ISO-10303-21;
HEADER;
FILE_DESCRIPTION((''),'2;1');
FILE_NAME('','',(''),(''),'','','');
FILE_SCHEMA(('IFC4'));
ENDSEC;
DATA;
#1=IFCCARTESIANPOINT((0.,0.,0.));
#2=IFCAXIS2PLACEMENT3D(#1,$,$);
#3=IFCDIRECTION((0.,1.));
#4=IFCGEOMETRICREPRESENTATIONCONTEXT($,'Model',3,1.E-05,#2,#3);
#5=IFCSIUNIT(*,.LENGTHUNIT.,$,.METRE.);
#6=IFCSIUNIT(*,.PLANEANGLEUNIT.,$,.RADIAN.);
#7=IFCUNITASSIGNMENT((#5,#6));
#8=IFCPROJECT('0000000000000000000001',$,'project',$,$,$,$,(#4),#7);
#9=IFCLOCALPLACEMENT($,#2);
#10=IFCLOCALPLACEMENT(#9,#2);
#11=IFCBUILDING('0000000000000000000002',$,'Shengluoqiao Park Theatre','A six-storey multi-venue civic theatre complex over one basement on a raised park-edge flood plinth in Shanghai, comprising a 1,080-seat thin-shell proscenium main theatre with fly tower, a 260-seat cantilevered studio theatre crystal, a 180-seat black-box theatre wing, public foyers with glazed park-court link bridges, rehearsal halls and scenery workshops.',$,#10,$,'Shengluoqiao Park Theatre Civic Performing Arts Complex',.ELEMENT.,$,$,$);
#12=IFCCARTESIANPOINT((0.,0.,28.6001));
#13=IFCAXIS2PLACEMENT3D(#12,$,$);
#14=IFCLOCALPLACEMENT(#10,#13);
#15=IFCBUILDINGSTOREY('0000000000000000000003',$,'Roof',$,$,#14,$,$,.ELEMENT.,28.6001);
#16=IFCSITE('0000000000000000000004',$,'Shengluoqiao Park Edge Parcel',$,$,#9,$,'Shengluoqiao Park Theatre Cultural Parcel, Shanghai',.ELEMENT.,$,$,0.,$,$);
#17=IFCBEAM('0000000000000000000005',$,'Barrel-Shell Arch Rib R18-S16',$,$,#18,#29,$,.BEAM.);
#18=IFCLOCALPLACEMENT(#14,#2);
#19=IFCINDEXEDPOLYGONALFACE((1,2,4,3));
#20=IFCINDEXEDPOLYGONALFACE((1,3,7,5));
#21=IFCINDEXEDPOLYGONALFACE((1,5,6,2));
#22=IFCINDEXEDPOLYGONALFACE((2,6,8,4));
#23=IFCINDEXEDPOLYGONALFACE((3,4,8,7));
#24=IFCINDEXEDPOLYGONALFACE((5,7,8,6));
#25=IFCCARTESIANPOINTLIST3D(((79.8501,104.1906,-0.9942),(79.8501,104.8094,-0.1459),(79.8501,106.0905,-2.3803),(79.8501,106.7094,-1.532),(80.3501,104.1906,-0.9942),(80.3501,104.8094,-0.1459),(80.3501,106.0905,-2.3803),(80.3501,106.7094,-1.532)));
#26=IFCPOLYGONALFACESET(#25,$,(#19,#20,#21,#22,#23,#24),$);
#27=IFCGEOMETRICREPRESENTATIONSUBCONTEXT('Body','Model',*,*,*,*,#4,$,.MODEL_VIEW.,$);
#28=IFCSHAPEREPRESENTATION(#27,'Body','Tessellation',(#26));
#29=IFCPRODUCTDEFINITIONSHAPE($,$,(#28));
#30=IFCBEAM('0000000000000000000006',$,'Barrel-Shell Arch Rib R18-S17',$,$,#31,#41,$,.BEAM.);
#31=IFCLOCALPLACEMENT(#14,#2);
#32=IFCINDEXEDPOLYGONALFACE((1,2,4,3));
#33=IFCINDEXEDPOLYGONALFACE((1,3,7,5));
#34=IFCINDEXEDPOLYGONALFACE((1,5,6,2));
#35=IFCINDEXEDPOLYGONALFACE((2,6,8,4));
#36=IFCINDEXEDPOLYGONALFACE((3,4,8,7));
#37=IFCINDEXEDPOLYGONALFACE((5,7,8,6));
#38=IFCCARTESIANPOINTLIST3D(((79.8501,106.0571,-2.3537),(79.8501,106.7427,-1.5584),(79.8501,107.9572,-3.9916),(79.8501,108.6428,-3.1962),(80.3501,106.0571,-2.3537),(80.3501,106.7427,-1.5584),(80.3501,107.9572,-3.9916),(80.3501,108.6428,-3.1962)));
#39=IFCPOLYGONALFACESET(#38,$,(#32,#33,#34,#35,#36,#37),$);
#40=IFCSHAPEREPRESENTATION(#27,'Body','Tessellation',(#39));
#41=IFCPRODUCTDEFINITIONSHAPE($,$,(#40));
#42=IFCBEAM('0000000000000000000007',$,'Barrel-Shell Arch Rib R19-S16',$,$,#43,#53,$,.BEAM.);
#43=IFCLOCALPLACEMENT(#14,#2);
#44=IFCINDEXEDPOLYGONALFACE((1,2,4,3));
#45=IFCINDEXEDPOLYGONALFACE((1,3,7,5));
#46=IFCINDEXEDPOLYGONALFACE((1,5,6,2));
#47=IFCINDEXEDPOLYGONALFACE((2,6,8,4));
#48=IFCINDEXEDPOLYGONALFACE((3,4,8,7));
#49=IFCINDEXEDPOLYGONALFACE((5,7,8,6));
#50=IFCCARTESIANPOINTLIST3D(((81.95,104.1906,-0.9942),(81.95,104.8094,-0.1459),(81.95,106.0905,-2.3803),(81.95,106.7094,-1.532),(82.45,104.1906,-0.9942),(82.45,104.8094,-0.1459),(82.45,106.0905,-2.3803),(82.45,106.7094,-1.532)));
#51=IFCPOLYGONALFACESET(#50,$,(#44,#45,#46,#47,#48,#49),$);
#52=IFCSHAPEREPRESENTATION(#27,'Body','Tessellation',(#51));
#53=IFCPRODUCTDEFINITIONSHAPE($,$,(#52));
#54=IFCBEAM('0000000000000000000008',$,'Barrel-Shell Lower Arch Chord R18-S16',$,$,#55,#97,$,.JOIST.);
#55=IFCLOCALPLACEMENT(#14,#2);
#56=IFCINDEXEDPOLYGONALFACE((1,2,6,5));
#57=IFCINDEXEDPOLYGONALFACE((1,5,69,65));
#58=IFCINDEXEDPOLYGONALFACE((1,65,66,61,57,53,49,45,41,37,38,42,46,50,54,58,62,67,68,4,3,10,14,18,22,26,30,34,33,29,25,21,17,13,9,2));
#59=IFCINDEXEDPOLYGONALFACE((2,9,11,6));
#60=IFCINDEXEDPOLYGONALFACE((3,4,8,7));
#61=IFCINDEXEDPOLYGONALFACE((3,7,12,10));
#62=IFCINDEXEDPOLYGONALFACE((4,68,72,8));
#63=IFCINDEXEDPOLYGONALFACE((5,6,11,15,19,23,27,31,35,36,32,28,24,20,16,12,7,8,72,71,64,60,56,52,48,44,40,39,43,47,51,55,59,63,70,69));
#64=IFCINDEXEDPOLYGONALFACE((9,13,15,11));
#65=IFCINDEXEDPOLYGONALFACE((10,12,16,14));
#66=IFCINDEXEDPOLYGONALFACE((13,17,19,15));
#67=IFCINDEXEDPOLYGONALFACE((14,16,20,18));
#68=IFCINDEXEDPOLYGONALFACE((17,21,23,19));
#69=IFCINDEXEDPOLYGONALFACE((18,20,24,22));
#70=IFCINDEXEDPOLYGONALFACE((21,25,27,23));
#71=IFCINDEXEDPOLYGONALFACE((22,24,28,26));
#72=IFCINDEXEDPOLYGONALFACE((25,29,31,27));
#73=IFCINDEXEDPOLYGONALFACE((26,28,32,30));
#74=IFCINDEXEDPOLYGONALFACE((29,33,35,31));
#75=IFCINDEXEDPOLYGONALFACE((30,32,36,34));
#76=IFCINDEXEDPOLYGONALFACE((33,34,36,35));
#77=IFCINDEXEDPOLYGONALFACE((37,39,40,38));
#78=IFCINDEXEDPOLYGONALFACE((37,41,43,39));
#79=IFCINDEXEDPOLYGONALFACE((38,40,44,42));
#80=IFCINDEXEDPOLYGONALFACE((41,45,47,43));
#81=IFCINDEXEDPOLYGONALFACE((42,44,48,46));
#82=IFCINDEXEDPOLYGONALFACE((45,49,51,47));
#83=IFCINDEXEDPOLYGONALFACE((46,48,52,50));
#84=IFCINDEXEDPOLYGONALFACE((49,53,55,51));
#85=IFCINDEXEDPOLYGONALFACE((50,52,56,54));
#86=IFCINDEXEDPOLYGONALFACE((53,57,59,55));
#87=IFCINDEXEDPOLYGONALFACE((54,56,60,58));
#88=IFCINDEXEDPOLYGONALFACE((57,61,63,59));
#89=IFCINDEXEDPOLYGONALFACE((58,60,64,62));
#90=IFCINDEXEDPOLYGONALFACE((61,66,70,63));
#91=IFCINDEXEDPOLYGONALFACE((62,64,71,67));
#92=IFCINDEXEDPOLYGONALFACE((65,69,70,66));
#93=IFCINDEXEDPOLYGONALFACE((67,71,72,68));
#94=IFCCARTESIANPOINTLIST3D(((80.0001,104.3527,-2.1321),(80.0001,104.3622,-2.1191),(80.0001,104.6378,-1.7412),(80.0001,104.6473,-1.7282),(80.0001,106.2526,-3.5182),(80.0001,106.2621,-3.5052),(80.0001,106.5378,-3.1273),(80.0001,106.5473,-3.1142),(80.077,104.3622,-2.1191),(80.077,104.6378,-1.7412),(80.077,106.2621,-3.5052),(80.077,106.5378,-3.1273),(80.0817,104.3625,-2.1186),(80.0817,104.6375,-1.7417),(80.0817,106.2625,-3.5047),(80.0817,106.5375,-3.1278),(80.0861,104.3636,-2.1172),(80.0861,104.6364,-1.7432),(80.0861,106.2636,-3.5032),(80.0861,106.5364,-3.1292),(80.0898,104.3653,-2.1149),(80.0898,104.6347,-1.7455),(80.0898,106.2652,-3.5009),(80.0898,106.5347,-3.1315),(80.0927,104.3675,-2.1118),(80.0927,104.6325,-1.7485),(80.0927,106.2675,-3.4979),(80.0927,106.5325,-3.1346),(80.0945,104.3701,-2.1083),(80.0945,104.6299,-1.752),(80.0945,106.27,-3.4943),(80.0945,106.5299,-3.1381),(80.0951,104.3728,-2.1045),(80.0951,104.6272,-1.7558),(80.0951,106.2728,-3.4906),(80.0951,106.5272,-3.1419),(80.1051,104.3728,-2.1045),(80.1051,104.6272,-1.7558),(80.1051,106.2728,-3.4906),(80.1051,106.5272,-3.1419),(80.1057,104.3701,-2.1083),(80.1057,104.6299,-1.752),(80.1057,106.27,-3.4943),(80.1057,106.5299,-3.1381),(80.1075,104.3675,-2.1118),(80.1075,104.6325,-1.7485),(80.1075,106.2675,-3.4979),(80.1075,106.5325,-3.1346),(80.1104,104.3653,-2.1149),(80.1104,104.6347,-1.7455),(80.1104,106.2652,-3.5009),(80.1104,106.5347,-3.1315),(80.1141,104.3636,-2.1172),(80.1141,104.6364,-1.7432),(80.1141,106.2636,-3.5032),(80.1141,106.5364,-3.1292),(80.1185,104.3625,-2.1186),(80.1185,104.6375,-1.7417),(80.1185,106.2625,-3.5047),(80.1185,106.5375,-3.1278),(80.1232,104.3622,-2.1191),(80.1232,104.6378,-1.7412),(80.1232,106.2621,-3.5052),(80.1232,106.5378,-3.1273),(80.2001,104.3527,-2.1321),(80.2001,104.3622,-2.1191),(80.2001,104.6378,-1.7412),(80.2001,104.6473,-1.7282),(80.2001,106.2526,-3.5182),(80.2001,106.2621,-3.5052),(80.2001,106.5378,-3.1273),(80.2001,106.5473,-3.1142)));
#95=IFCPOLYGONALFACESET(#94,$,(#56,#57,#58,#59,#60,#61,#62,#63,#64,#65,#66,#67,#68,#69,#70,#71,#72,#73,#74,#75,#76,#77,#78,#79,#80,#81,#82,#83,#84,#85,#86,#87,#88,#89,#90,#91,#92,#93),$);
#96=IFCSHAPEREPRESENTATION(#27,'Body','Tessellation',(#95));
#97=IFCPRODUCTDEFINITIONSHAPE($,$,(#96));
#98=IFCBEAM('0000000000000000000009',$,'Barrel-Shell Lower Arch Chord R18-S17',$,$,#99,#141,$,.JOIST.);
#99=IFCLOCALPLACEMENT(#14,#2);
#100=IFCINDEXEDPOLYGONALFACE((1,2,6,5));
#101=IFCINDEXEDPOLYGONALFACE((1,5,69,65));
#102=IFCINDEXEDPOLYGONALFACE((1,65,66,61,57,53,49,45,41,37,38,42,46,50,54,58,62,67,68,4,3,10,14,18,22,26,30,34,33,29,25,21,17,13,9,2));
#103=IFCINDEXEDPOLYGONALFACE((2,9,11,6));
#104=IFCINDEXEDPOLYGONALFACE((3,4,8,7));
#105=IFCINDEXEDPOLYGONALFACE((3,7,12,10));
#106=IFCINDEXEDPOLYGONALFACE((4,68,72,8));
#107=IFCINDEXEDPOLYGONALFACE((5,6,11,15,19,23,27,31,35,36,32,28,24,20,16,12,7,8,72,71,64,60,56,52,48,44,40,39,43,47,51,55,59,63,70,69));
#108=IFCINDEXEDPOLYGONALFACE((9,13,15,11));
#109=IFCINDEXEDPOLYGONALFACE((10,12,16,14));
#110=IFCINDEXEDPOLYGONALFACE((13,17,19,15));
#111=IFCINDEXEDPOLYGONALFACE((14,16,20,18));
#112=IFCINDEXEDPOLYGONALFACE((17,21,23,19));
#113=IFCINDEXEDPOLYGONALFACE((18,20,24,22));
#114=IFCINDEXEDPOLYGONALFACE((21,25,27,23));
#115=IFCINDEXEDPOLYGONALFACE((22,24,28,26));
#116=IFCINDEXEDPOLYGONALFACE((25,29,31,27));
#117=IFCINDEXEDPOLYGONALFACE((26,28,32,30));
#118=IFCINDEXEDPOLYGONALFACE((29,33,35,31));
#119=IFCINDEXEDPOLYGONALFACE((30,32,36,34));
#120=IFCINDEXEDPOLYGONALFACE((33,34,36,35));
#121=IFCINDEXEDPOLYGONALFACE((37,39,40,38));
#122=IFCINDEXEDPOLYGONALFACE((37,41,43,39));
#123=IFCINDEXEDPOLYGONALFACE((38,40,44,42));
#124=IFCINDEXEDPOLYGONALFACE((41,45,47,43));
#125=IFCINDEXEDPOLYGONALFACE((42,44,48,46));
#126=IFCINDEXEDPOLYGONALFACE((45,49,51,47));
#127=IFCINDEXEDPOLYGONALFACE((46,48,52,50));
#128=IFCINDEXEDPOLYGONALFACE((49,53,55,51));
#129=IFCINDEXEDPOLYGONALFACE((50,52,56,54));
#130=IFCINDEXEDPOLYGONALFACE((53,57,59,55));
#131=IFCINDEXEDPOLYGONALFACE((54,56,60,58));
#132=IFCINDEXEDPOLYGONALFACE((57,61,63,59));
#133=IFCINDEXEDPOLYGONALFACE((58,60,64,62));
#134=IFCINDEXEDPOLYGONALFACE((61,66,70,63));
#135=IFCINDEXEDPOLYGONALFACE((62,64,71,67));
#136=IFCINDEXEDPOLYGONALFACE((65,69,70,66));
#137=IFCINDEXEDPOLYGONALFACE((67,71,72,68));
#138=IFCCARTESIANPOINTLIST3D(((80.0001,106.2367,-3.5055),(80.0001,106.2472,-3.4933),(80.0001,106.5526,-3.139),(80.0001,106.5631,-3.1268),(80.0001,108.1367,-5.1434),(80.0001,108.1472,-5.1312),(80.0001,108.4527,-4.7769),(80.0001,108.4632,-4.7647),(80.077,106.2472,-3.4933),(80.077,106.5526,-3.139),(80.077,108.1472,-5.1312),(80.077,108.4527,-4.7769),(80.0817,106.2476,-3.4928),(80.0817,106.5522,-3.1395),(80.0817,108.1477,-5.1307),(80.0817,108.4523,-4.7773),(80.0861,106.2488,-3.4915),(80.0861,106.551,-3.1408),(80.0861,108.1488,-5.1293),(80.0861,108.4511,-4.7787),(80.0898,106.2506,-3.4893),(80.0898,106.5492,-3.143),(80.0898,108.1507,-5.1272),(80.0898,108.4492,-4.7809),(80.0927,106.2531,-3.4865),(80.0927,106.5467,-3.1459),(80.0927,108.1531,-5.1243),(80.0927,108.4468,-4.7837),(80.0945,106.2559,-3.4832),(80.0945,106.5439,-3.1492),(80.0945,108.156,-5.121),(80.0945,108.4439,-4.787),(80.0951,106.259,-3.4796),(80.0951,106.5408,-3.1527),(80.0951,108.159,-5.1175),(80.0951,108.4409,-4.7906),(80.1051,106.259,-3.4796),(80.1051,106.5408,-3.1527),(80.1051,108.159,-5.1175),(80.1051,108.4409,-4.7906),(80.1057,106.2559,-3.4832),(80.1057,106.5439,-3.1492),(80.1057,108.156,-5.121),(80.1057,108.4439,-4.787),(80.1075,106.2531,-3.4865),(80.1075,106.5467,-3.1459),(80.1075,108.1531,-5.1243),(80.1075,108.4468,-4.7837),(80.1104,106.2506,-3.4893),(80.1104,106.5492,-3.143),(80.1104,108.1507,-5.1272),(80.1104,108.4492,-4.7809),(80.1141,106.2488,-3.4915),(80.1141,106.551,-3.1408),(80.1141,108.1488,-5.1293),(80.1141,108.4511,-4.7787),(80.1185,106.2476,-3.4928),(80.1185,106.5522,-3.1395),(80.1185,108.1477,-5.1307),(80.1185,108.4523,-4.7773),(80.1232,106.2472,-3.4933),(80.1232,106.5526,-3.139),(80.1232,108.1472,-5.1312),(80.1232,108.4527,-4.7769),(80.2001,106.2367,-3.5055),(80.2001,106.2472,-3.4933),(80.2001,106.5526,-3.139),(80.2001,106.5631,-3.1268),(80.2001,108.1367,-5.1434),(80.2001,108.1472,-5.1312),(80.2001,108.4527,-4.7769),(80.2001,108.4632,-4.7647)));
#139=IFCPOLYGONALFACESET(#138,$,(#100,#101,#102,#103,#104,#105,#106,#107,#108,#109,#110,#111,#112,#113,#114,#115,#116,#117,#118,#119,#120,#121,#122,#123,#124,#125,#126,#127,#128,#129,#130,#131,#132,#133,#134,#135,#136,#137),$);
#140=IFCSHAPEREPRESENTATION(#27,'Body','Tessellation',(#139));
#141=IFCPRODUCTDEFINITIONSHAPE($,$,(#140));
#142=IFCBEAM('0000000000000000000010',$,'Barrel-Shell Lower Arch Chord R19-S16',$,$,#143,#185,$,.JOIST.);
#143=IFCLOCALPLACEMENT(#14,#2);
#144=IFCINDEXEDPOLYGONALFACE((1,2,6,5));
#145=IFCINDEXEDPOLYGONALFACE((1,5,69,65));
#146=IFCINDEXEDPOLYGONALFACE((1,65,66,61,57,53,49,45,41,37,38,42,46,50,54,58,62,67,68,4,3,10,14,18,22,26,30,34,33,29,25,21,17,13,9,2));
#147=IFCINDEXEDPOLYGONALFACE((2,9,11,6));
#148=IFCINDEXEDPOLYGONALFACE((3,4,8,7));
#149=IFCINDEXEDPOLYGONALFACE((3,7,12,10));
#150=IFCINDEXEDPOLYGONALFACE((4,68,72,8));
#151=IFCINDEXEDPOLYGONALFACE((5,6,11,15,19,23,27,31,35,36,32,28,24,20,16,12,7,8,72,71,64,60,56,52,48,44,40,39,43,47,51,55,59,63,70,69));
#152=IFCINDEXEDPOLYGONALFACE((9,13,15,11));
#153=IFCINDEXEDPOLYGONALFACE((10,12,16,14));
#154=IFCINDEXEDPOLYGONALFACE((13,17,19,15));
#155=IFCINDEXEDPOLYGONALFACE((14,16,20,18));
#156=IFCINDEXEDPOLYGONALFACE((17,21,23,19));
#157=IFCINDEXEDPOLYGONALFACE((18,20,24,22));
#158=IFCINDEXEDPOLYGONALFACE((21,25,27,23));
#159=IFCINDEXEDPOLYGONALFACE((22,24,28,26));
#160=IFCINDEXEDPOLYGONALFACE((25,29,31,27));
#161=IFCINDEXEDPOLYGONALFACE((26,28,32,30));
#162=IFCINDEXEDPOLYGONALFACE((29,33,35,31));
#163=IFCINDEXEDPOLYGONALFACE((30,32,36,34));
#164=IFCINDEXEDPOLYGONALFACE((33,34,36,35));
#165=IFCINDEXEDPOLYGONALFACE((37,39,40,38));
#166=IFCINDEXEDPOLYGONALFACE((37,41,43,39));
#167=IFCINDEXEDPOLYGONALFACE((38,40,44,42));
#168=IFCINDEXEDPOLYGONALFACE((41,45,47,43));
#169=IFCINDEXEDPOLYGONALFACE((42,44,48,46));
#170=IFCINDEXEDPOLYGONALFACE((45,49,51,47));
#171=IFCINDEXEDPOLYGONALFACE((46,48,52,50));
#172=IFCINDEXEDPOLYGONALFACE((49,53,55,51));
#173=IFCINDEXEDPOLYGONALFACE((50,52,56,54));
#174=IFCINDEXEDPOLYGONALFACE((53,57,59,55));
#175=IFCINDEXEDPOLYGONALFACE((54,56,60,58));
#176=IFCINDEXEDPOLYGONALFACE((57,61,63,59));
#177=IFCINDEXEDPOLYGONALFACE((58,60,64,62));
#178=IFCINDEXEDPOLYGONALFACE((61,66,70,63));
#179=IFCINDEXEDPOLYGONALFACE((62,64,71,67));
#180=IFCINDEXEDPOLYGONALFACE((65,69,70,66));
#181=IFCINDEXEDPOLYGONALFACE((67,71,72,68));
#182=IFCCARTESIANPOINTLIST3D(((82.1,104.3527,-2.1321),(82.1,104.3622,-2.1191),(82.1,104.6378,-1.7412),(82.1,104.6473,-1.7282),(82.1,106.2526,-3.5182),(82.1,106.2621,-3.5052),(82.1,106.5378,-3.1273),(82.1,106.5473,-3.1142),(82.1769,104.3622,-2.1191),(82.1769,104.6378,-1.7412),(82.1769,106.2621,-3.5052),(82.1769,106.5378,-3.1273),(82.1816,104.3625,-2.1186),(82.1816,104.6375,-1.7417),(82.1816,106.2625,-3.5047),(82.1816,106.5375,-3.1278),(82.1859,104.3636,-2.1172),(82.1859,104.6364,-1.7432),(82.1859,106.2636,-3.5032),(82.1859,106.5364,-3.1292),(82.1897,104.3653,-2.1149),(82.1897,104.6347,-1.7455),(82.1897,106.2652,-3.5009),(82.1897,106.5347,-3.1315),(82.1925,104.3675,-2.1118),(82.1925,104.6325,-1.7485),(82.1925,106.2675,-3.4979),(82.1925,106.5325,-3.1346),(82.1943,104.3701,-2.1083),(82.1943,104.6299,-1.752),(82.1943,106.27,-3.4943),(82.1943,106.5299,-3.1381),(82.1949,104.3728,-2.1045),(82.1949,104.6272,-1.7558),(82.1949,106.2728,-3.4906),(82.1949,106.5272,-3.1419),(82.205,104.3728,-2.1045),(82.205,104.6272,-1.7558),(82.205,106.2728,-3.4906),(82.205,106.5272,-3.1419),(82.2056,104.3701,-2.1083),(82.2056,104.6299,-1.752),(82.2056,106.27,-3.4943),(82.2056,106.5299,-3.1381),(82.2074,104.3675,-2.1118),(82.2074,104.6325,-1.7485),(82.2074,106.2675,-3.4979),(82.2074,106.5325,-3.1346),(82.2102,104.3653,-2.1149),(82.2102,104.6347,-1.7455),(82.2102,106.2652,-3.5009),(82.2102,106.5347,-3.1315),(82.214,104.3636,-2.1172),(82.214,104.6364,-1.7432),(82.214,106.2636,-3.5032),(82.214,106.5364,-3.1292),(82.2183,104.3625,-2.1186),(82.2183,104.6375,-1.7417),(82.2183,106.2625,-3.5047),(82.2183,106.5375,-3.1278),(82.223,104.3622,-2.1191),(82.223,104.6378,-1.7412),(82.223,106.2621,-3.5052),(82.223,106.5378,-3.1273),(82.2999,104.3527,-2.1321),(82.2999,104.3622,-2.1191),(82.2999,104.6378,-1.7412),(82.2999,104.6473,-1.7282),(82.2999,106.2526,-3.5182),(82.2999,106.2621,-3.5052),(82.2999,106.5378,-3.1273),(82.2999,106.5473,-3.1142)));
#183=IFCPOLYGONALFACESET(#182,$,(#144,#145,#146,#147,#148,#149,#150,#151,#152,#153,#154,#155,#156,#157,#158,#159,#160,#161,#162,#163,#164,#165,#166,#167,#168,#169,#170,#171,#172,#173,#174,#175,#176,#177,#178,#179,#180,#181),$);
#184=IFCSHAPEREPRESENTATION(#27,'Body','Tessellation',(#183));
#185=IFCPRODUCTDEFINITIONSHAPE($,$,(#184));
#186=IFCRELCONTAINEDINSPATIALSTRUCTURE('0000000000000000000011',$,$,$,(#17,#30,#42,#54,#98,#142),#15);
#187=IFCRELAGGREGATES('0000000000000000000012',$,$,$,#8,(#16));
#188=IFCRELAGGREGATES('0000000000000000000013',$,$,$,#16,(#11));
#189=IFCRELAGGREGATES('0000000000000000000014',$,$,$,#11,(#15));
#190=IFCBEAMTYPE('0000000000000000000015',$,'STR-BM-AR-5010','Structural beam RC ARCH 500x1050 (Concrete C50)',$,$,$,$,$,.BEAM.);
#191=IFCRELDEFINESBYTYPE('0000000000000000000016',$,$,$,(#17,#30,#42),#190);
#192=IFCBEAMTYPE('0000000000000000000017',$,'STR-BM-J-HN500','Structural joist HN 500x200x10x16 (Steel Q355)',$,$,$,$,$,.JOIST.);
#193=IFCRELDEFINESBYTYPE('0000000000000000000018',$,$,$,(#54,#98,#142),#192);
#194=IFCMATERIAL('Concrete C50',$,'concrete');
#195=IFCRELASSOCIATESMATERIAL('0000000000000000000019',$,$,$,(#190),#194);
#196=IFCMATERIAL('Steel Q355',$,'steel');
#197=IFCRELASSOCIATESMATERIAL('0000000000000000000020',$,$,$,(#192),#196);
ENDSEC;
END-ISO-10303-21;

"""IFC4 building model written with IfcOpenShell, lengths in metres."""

from ifc_helpers import new_model, si_unit, direction, frame, origin, origin_2d, place, context, subcontext, project, spatial, rectangle, i_section, extrude, material, material_profile, profile_set, type_object, element, save


model = new_model("IFC4")

# Units and contexts
model_context = context("Model", 3, precision=1e-05, world=origin(), true_north=direction((0.0, 1.0)))
body_context = subcontext(model_context, "Body", "Model", "MODEL_VIEW")
ifc_project = project(units=[si_unit("LENGTHUNIT", "METRE"), si_unit("PLANEANGLEUNIT", "RADIAN")], contexts=[model_context])

# Site, building, storey
site_placement = place(None, origin())
site = spatial("IfcSite", under=ifc_project, at=site_placement, Name="Shengluoqiao Park Edge Parcel", LongName="Shengluoqiao Park Theatre Cultural Parcel, Shanghai", CompositionType="ELEMENT", RefElevation=0.0)
building_placement = place(site_placement, origin())
building = spatial("IfcBuilding", under=site, at=building_placement, Name="Shengluoqiao Park Theatre", Description="A six-storey multi-venue civic theatre complex over one basement on a raised park-edge flood plinth in Shanghai, comprising a 1,080-seat thin-shell proscenium main theatre with fly tower, a 260-seat cantilevered studio theatre crystal, a 180-seat black-box theatre wing, public foyers with glazed park-court link bridges, rehearsal halls and scenery workshops.", LongName="Shengluoqiao Park Theatre Civic Performing Arts Complex", CompositionType="ELEMENT")
storey_placement = place(building_placement, frame((0.0, 0.0, 28.6001)))
storey = spatial("IfcBuildingStorey", under=building, at=storey_placement, Name="Roof", CompositionType="ELEMENT", Elevation=28.6001)

# Beams
ifc_material_1 = material(Name="Concrete C50", Category="concrete")
ifc_material_profile_1 = material_profile(ifc_material_1, rectangle(XDim=0.5, YDim=1.05, at=origin_2d()), Name="RC ARCH 500x1050")
ifc_profile_set_1 = profile_set([ifc_material_profile_1], Name="Concrete C50")
beam_type_1 = type_object("IfcBeamType", Name="STR-BM-AR-5010", Description="Structural beam RC ARCH 500x1050 (Concrete C50)", PredefinedType="BEAM", material=ifc_profile_set_1)
beam_1_placement = place(storey_placement, frame((80.1001, 104.5, -0.5701), z_axis=(0.0, 0.807878, -0.58935), x_axis=(-1.0, 0.0, 0.0)))
element("IfcBeam", 1, at=beam_1_placement, inside=storey, type_object=beam_type_1, Name="Barrel-Shell Arch Rib R18-S16", PredefinedType="BEAM", context=body_context, shape_type="SweptSolid", body=[
    extrude(rectangle(XDim=0.5, YDim=1.05, at=origin_2d()), origin(), (0.0, 0.0, 1.0), 2.3518),
])
beam_2_placement = place(storey_placement, frame((80.1001, 106.3999, -1.9561), z_axis=(0.0, 0.757433, -0.652913), x_axis=(-1.0, 0.0, 0.0)))
element("IfcBeam", 2, at=beam_2_placement, inside=storey, type_object=beam_type_1, Name="Barrel-Shell Arch Rib R18-S17", PredefinedType="BEAM", context=body_context, shape_type="SweptSolid", body=[
    extrude(rectangle(XDim=0.5, YDim=1.05, at=origin_2d()), origin(), (0.0, 0.0, 1.0), 2.5085),
])
beam_3_placement = place(storey_placement, frame((82.2, 104.5, -0.5701), z_axis=(0.0, 0.807878, -0.58935), x_axis=(-1.0, 0.0, 0.0)))
element("IfcBeam", 3, at=beam_3_placement, inside=storey, type_object=beam_type_1, Name="Barrel-Shell Arch Rib R19-S16", PredefinedType="BEAM", context=body_context, shape_type="SweptSolid", body=[
    extrude(rectangle(XDim=0.5, YDim=1.05, at=origin_2d()), origin(), (0.0, 0.0, 1.0), 2.3518),
])
ifc_material_2 = material(Name="Steel Q355", Category="steel")
ifc_material_profile_2 = material_profile(ifc_material_2, i_section(OverallWidth=0.2, OverallDepth=0.5, WebThickness=0.01, FlangeThickness=0.0161, FilletRadius=0.0181, at=origin_2d()), Name="HN 500x200x10x16")
ifc_profile_set_2 = profile_set([ifc_material_profile_2], Name="Steel Q355")
beam_type_2 = type_object("IfcBeamType", Name="STR-BM-J-HN500", Description="Structural joist HN 500x200x10x16 (Steel Q355)", PredefinedType="JOIST", material=ifc_profile_set_2)
beam_4_placement = place(storey_placement, frame((80.1001, 104.5, -1.9302), z_axis=(0.0, 0.807878, -0.58935), x_axis=(-1.0, 0.0, 0.0)))
element("IfcBeam", 4, at=beam_4_placement, inside=storey, type_object=beam_type_2, Name="Barrel-Shell Lower Arch Chord R18-S16", PredefinedType="JOIST", context=body_context, shape_type="SweptSolid", body=[
    extrude(i_section(OverallWidth=0.2, OverallDepth=0.5, WebThickness=0.01, FlangeThickness=0.0161, FilletRadius=0.0181, at=origin_2d()), origin(), (0.0, 0.0, 1.0), 2.3518),
])
beam_5_placement = place(storey_placement, frame((80.1001, 106.3999, -3.3162), z_axis=(0.0, 0.757433, -0.652913), x_axis=(-1.0, 0.0, 0.0)))
element("IfcBeam", 5, at=beam_5_placement, inside=storey, type_object=beam_type_2, Name="Barrel-Shell Lower Arch Chord R18-S17", PredefinedType="JOIST", context=body_context, shape_type="SweptSolid", body=[
    extrude(i_section(OverallWidth=0.2, OverallDepth=0.5, WebThickness=0.01, FlangeThickness=0.0161, FilletRadius=0.0181, at=origin_2d()), origin(), (0.0, 0.0, 1.0), 2.5085),
])
beam_6_placement = place(storey_placement, frame((82.2, 104.5, -1.9302), z_axis=(0.0, 0.807878, -0.58935), x_axis=(-1.0, 0.0, 0.0)))
element("IfcBeam", 6, at=beam_6_placement, inside=storey, type_object=beam_type_2, Name="Barrel-Shell Lower Arch Chord R19-S16", PredefinedType="JOIST", context=body_context, shape_type="SweptSolid", body=[
    extrude(i_section(OverallWidth=0.2, OverallDepth=0.5, WebThickness=0.01, FlangeThickness=0.0161, FilletRadius=0.0181, at=origin_2d()), origin(), (0.0, 0.0, 1.0), 2.3518),
])

save(model, "model.ifc")
